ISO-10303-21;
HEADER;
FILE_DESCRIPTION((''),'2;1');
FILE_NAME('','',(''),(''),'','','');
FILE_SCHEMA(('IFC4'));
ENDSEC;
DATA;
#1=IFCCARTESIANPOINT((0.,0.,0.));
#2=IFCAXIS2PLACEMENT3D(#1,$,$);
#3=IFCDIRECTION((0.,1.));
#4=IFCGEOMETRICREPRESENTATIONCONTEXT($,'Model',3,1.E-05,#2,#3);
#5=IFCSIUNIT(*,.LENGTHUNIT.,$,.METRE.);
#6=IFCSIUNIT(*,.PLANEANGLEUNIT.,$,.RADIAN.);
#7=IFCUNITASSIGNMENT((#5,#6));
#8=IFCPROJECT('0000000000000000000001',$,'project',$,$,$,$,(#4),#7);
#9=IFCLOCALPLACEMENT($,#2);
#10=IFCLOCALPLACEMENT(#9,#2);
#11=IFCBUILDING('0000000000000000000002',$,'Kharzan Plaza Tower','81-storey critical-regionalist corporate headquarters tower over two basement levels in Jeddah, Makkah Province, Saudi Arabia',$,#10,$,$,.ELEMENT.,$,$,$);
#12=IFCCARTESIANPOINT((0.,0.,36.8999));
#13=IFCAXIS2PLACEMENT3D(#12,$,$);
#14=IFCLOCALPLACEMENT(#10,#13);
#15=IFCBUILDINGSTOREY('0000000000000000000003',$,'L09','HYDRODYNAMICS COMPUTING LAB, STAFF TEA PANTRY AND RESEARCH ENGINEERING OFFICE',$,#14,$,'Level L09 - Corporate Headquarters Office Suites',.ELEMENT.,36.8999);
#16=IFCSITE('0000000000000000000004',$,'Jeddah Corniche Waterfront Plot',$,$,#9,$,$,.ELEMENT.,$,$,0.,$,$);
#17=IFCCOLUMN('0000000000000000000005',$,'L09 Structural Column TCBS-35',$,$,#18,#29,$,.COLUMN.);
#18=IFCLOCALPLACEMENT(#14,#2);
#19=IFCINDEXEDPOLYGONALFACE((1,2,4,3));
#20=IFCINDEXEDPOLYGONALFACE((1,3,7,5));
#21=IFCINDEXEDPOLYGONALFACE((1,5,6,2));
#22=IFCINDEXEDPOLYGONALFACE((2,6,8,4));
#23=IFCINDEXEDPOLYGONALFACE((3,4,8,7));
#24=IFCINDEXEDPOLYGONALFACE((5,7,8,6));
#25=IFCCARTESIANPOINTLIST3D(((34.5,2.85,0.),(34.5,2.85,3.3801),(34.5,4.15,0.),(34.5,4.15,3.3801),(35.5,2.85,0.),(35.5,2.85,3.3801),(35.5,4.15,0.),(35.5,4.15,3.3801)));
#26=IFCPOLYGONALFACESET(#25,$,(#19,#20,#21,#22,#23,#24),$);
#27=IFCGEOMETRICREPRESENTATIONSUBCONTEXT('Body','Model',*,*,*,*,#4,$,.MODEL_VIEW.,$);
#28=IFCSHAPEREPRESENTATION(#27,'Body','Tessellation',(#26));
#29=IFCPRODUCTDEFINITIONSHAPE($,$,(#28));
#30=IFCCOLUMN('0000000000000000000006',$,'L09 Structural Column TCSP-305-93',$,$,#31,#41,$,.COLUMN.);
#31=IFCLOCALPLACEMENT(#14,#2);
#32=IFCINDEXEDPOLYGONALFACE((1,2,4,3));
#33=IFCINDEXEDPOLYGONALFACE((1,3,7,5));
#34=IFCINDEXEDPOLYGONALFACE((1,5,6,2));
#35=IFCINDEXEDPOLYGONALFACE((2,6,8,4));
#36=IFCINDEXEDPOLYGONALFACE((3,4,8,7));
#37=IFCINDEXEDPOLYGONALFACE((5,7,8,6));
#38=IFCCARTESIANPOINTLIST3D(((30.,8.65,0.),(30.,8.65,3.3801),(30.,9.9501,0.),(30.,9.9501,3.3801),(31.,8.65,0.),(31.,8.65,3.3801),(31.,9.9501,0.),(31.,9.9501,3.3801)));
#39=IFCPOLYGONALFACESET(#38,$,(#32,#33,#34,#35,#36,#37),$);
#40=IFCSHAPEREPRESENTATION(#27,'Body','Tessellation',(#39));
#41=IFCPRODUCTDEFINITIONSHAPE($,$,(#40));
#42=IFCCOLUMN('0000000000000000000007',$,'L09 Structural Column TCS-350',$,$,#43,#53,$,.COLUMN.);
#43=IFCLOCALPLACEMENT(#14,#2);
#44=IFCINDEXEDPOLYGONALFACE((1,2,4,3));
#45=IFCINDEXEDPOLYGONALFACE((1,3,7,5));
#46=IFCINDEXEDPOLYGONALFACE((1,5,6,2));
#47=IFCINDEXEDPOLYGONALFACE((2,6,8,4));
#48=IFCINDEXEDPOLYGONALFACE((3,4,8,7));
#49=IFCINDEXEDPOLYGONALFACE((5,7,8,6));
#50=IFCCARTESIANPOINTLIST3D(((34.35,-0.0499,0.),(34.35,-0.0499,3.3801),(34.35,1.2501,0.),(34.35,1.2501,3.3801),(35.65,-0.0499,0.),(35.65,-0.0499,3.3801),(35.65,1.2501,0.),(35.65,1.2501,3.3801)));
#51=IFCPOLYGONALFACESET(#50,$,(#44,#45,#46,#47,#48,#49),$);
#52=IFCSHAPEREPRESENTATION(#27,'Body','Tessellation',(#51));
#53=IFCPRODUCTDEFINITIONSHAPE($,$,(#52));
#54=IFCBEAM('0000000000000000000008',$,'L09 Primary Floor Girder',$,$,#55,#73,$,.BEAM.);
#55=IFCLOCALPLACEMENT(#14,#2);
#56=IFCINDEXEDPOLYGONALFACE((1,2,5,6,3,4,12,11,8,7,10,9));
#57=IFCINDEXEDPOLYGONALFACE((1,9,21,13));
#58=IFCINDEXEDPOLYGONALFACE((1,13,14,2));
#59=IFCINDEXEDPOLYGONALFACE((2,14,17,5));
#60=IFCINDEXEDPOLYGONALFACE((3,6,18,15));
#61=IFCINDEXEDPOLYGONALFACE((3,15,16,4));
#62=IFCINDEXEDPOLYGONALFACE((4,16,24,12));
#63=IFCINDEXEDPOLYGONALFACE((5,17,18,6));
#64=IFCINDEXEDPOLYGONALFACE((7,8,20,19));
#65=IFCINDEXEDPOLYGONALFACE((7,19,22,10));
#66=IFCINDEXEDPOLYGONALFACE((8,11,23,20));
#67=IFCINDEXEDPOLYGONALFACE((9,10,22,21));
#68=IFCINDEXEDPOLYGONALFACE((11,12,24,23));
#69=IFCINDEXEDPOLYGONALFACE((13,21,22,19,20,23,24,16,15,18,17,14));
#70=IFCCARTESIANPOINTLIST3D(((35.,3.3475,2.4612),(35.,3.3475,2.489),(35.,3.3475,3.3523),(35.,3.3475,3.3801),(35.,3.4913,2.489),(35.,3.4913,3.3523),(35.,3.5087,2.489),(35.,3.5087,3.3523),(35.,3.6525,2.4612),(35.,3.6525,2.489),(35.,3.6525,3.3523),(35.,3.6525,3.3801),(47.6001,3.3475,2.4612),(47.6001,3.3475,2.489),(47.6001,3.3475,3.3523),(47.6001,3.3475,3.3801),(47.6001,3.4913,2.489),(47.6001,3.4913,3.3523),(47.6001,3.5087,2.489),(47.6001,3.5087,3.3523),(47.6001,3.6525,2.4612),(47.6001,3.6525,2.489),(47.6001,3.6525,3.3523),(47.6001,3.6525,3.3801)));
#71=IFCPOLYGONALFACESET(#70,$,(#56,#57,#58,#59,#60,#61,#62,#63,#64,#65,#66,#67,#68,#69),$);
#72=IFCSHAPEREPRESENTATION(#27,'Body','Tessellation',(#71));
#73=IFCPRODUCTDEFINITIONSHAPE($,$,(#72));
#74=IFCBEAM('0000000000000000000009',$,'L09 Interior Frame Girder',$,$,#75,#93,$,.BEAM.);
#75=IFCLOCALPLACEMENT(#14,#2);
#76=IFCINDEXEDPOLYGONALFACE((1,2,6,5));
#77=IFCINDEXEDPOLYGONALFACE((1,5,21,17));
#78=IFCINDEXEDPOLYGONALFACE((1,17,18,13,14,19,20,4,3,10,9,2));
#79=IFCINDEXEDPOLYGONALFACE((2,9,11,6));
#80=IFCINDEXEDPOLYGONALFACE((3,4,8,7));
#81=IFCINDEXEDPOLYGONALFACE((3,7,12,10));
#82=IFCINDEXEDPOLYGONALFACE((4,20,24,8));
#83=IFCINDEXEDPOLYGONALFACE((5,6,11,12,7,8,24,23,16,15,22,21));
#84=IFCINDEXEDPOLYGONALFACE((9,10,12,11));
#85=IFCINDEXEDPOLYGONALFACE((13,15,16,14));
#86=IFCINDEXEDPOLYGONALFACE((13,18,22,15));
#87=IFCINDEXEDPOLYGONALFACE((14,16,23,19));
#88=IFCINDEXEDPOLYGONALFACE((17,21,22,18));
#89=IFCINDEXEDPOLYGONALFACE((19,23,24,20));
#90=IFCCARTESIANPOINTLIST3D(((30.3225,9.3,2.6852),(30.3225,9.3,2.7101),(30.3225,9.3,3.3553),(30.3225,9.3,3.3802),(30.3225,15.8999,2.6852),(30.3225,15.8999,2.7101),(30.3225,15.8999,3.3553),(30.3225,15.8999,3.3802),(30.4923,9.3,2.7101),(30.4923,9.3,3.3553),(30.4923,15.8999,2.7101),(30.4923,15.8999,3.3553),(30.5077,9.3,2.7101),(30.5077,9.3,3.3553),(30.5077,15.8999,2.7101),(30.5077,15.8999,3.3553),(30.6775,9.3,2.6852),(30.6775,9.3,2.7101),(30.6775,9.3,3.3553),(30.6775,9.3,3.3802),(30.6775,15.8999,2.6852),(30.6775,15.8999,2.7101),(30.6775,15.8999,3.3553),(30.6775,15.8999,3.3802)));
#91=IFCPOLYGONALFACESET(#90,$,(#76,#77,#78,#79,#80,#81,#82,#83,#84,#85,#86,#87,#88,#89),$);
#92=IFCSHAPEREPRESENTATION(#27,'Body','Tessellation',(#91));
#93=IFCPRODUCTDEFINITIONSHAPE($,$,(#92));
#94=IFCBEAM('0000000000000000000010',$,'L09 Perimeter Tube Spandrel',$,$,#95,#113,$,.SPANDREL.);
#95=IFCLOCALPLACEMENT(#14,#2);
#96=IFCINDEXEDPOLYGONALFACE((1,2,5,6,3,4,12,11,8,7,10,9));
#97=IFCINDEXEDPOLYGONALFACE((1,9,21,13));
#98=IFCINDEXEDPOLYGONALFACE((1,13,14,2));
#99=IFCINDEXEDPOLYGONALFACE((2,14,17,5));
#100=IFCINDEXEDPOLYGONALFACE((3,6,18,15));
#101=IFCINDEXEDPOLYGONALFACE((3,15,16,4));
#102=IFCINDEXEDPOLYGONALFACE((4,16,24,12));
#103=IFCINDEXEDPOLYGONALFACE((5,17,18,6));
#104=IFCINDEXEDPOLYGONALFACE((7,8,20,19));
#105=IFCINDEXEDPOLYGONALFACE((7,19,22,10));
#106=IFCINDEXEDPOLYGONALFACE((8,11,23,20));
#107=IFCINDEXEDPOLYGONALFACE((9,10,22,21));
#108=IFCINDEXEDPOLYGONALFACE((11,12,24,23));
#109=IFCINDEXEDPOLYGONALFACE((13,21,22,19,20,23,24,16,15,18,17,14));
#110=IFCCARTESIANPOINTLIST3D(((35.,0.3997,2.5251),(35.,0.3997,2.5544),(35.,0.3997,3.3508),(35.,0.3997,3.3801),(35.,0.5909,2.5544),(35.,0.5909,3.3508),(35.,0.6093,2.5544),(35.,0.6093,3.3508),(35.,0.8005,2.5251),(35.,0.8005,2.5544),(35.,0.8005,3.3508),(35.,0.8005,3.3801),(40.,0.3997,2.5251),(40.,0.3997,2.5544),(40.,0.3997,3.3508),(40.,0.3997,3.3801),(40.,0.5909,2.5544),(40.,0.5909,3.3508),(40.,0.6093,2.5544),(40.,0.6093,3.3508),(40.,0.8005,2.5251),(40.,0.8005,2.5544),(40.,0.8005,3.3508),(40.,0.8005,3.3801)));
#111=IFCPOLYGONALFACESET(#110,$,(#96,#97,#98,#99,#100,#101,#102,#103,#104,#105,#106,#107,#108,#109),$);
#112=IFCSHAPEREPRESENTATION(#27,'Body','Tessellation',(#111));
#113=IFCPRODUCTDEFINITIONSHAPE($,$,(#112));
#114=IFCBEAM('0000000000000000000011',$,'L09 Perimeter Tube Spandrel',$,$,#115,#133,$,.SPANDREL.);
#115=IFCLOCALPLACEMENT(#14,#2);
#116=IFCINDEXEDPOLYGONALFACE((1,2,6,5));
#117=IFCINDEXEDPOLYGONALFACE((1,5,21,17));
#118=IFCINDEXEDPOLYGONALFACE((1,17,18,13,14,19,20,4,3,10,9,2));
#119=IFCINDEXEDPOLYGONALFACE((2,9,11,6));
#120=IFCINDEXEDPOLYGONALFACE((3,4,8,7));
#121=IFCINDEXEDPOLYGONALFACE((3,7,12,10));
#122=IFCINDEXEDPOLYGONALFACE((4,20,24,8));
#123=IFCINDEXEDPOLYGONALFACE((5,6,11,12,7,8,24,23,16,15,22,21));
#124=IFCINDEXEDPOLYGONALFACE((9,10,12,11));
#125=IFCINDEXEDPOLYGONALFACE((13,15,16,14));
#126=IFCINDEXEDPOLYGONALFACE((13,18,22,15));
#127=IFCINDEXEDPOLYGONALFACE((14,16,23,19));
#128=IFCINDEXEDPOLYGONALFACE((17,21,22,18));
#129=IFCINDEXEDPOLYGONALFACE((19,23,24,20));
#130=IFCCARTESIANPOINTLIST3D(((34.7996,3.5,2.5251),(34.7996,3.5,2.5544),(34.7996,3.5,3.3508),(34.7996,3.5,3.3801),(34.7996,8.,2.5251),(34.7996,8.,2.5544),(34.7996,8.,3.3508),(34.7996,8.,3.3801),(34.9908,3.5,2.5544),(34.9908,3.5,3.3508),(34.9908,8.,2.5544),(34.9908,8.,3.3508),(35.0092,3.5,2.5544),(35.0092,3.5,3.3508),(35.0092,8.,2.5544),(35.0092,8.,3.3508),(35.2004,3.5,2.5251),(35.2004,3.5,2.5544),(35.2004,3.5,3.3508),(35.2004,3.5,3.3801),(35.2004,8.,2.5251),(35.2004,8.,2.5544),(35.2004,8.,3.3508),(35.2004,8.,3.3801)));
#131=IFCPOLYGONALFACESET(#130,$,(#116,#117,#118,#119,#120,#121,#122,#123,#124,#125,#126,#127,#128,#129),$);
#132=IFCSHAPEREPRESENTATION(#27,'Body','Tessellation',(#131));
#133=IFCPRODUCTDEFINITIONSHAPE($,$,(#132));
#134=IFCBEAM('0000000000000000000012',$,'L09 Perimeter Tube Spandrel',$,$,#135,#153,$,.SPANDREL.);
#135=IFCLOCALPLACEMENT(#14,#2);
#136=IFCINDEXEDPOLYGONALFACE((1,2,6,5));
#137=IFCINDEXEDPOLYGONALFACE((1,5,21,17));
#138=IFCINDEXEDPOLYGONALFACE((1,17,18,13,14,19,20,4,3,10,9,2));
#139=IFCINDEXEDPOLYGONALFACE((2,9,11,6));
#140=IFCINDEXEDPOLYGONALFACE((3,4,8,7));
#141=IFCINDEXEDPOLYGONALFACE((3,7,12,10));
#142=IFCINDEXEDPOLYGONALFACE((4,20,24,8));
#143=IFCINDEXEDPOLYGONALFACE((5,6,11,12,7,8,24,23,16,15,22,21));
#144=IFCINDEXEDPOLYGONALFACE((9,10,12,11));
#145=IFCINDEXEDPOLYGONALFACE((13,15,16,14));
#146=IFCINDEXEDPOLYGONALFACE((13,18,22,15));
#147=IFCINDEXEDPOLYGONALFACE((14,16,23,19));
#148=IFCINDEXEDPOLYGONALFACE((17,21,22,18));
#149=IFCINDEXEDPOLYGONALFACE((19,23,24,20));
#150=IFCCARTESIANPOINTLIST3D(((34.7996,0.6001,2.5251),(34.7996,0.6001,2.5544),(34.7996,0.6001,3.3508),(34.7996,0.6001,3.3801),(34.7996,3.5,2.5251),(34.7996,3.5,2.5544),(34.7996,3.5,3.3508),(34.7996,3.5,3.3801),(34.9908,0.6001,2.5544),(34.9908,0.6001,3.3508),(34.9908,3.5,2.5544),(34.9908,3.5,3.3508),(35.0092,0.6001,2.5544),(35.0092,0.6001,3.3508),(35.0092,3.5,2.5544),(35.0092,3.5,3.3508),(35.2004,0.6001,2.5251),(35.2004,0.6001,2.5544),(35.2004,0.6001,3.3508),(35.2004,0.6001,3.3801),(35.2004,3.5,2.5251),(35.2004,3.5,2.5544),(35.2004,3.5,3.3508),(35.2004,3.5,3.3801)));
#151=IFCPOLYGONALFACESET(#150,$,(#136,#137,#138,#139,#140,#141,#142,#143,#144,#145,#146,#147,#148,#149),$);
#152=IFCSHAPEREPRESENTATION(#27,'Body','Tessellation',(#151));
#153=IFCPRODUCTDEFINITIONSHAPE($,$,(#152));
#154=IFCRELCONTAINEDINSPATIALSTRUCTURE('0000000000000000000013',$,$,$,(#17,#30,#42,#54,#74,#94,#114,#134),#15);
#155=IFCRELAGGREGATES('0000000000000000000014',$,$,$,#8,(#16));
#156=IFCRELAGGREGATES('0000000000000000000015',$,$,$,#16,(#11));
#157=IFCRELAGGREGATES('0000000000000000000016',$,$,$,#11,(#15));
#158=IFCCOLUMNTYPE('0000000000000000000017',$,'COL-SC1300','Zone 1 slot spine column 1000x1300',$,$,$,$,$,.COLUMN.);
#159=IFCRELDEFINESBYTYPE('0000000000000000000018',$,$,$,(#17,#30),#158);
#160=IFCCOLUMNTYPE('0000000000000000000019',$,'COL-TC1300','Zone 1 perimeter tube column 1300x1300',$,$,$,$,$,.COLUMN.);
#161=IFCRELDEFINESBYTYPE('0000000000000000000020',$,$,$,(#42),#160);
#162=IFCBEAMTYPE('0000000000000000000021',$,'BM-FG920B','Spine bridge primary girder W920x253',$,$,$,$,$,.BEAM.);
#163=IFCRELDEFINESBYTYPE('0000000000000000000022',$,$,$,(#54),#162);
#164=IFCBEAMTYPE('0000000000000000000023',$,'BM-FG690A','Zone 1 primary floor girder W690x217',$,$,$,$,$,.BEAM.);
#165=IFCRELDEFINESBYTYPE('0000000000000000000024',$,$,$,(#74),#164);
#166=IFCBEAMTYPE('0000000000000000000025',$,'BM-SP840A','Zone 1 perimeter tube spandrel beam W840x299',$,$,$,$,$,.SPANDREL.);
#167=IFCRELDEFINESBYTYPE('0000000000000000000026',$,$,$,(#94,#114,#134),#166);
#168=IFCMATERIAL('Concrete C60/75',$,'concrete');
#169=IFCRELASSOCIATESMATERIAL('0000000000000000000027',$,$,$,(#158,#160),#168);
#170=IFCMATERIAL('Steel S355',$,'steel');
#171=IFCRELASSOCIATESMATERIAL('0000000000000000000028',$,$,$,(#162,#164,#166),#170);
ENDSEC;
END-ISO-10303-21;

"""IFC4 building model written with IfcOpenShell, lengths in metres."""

from ifc_helpers import new_model, si_unit, direction, frame, origin, origin_2d, place, context, subcontext, project, spatial, rectangle, i_section, extrude, source, transform, mapped, material, material_profile, profile_set, type_object, element, save


model = new_model("IFC4")

# Units and contexts
model_context = context("Model", 3, precision=1e-05, world=origin(), true_north=direction((0.0, 1.0)))
body_context = subcontext(model_context, "Body", "Model", "MODEL_VIEW")
ifc_project = project(units=[si_unit("LENGTHUNIT", "METRE"), si_unit("PLANEANGLEUNIT", "RADIAN")], contexts=[model_context])

# Site, building, storey
site_placement = place(None, origin())
site = spatial("IfcSite", under=ifc_project, at=site_placement, Name="Jeddah Corniche Waterfront Plot", CompositionType="ELEMENT", RefElevation=0.0)
building_placement = place(site_placement, origin())
building = spatial("IfcBuilding", under=site, at=building_placement, Name="Kharzan Plaza Tower", Description="81-storey critical-regionalist corporate headquarters tower over two basement levels in Jeddah, Makkah Province, Saudi Arabia", CompositionType="ELEMENT")
storey_placement = place(building_placement, frame((0.0, 0.0, 36.8999)))
storey = spatial("IfcBuildingStorey", under=building, at=storey_placement, Name="L09", Description="HYDRODYNAMICS COMPUTING LAB, STAFF TEA PANTRY AND RESEARCH ENGINEERING OFFICE", LongName="Level L09 - Corporate Headquarters Office Suites", CompositionType="ELEMENT", Elevation=36.8999)

# Columns
ifc_material_1 = material(Name="Concrete C60/75", Category="concrete")
ifc_material_profile_1 = material_profile(ifc_material_1, rectangle(XDim=1.0, YDim=1.3, at=origin_2d()), Name="RC-SC1300x1000")
ifc_profile_set_1 = profile_set([ifc_material_profile_1], Name="Concrete C60/75")
column_type_1 = type_object("IfcColumnType", Name="COL-SC1300", Description="Zone 1 slot spine column 1000x1300", PredefinedType="COLUMN", material=ifc_profile_set_1)
shared_shape_1 = source(origin(), body_context, "Body", "SweptSolid", [
    extrude(rectangle(XDim=1.0, YDim=1.3, at=origin_2d()), origin(), (0.0, 0.0, 1.0), 3.3801),
])
for number, where, z_axis, x_axis, name in (
    (1, (35.0, 3.5, 0.0), (0.0, 0.0, 1.0), (1.0, 0.0, 0.0), "L09 Structural Column TCBS-35"),
    (2, (30.5, 9.3, 0.0), (0.0, 0.0, 1.0), (1.0, 0.0, 0.0), "L09 Structural Column TCSP-305-93"),
):
    element("IfcColumn", number, at=place(storey_placement, frame(where, z_axis=z_axis, x_axis=x_axis)), inside=storey, type_object=column_type_1, Name=name, PredefinedType="COLUMN", context=body_context, shape_type="MappedRepresentation", body=[
        mapped(shared_shape_1, transform((0.0, 0.0, 0.0), x_axis=(1.0, 0.0, 0.0), y_axis=(0.0, 1.0, 0.0), z_axis=(0.0, 0.0, 1.0))),
    ])
ifc_material_profile_2 = material_profile(ifc_material_1, rectangle(XDim=1.3, YDim=1.3, at=origin_2d()), Name="RC-TC1300x1300")
ifc_profile_set_2 = profile_set([ifc_material_profile_2], Name="Concrete C60/75")
column_type_2 = type_object("IfcColumnType", Name="COL-TC1300", Description="Zone 1 perimeter tube column 1300x1300", PredefinedType="COLUMN", material=ifc_profile_set_2)
shared_shape_2 = source(origin(), body_context, "Body", "SweptSolid", [
    extrude(rectangle(XDim=1.3, YDim=1.3, at=origin_2d()), origin(), (0.0, 0.0, 1.0), 3.3801),
])
column_placement = place(storey_placement, frame((35.0, 0.6001, 0.0), z_axis=(0.0, 0.0, 1.0), x_axis=(1.0, 0.0, 0.0)))
element("IfcColumn", 3, at=column_placement, inside=storey, type_object=column_type_2, Name="L09 Structural Column TCS-350", PredefinedType="COLUMN", context=body_context, shape_type="MappedRepresentation", body=[
    mapped(shared_shape_2, transform((0.0, 0.0, 0.0), x_axis=(1.0, 0.0, 0.0), y_axis=(0.0, 1.0, 0.0), z_axis=(0.0, 0.0, 1.0))),
])

# Beams
ifc_material_2 = material(Name="Steel S355", Category="steel")
ifc_material_profile_3 = material_profile(ifc_material_2, i_section(OverallWidth=0.3049, OverallDepth=0.9189, WebThickness=0.0173, FlangeThickness=0.0278, at=origin_2d()), Name="W920x253")
ifc_profile_set_3 = profile_set([ifc_material_profile_3], Name="Steel S355")
beam_type_1 = type_object("IfcBeamType", Name="BM-FG920B", Description="Spine bridge primary girder W920x253", PredefinedType="BEAM", material=ifc_profile_set_3)
shared_shape_3 = source(origin(), body_context, "Body", "SweptSolid", [
    extrude(i_section(OverallWidth=0.3049, OverallDepth=0.9189, WebThickness=0.0173, FlangeThickness=0.0278, at=origin_2d()), origin(), (0.0, 0.0, 1.0), 12.6001),
])
beam_1_placement = place(storey_placement, frame((35.0, 3.5, 2.9207), z_axis=(1.0, 0.0, 0.0), x_axis=(0.0, 1.0, 0.0)))
element("IfcBeam", 4, at=beam_1_placement, inside=storey, type_object=beam_type_1, Name="L09 Primary Floor Girder", PredefinedType="BEAM", context=body_context, shape_type="MappedRepresentation", body=[
    mapped(shared_shape_3, transform((0.0, 0.0, 0.0), x_axis=(1.0, 0.0, 0.0), y_axis=(0.0, 1.0, 0.0), z_axis=(0.0, 0.0, 1.0))),
])
ifc_material_profile_4 = material_profile(ifc_material_2, i_section(OverallWidth=0.355, OverallDepth=0.6951, WebThickness=0.0154, FlangeThickness=0.0249, at=origin_2d()), Name="W690x217")
ifc_profile_set_4 = profile_set([ifc_material_profile_4], Name="Steel S355")
beam_type_2 = type_object("IfcBeamType", Name="BM-FG690A", Description="Zone 1 primary floor girder W690x217", PredefinedType="BEAM", material=ifc_profile_set_4)
shared_shape_4 = source(origin(), body_context, "Body", "SweptSolid", [
    extrude(i_section(OverallWidth=0.355, OverallDepth=0.6951, WebThickness=0.0154, FlangeThickness=0.0249, at=origin_2d()), origin(), (0.0, 0.0, 1.0), 6.5999),
])
beam_2_placement = place(storey_placement, frame((30.5, 9.3, 3.0327), z_axis=(0.0, 1.0, 0.0), x_axis=(-1.0, 0.0, 0.0)))
element("IfcBeam", 5, at=beam_2_placement, inside=storey, type_object=beam_type_2, Name="L09 Interior Frame Girder", PredefinedType="BEAM", context=body_context, shape_type="MappedRepresentation", body=[
    mapped(shared_shape_4, transform((0.0, 0.0, 0.0), x_axis=(1.0, 0.0, 0.0), y_axis=(0.0, 1.0, 0.0), z_axis=(0.0, 0.0, 1.0))),
])
ifc_material_profile_5 = material_profile(ifc_material_2, i_section(OverallWidth=0.4009, OverallDepth=0.855, WebThickness=0.0183, FlangeThickness=0.0293, at=origin_2d()), Name="W840x299")
ifc_profile_set_5 = profile_set([ifc_material_profile_5], Name="Steel S355")
beam_type_3 = type_object("IfcBeamType", Name="BM-SP840A", Description="Zone 1 perimeter tube spandrel beam W840x299", PredefinedType="SPANDREL", material=ifc_profile_set_5)
shared_shape_5 = source(origin(), body_context, "Body", "SweptSolid", [
    extrude(i_section(OverallWidth=0.4009, OverallDepth=0.855, WebThickness=0.0183, FlangeThickness=0.0293, at=origin_2d()), origin(), (0.0, 0.0, 1.0), 5.0),
])
beam_3_placement = place(storey_placement, frame((35.0, 0.6001, 2.9526), z_axis=(1.0, 0.0, 0.0), x_axis=(0.0, 1.0, 0.0)))
element("IfcBeam", 6, at=beam_3_placement, inside=storey, type_object=beam_type_3, Name="L09 Perimeter Tube Spandrel", PredefinedType="SPANDREL", context=body_context, shape_type="MappedRepresentation", body=[
    mapped(shared_shape_5, transform((0.0, 0.0, 0.0), x_axis=(1.0, 0.0, 0.0), y_axis=(0.0, 1.0, 0.0), z_axis=(0.0, 0.0, 1.0))),
])
shared_shape_6 = source(origin(), body_context, "Body", "SweptSolid", [
    extrude(i_section(OverallWidth=0.4009, OverallDepth=0.855, WebThickness=0.0183, FlangeThickness=0.0293, at=origin_2d()), origin(), (0.0, 0.0, 1.0), 4.5),
])
beam_4_placement = place(storey_placement, frame((35.0, 3.5, 2.9526), z_axis=(0.0, 1.0, 0.0), x_axis=(-1.0, 0.0, 0.0)))
element("IfcBeam", 7, at=beam_4_placement, inside=storey, type_object=beam_type_3, Name="L09 Perimeter Tube Spandrel", PredefinedType="SPANDREL", context=body_context, shape_type="MappedRepresentation", body=[
    mapped(shared_shape_6, transform((0.0, 0.0, 0.0), x_axis=(1.0, 0.0, 0.0), y_axis=(0.0, 1.0, 0.0), z_axis=(0.0, 0.0, 1.0))),
])
shared_shape_7 = source(origin(), body_context, "Body", "SweptSolid", [
    extrude(i_section(OverallWidth=0.4009, OverallDepth=0.855, WebThickness=0.0183, FlangeThickness=0.0293, at=origin_2d()), origin(), (0.0, 0.0, 1.0), 2.8999),
])
beam_5_placement = place(storey_placement, frame((35.0, 0.6001, 2.9526), z_axis=(0.0, 1.0, 0.0), x_axis=(-1.0, 0.0, 0.0)))
element("IfcBeam", 8, at=beam_5_placement, inside=storey, type_object=beam_type_3, Name="L09 Perimeter Tube Spandrel", PredefinedType="SPANDREL", context=body_context, shape_type="MappedRepresentation", body=[
    mapped(shared_shape_7, transform((0.0, 0.0, 0.0), x_axis=(1.0, 0.0, 0.0), y_axis=(0.0, 1.0, 0.0), z_axis=(0.0, 0.0, 1.0))),
])

save(model, "model.ifc")
